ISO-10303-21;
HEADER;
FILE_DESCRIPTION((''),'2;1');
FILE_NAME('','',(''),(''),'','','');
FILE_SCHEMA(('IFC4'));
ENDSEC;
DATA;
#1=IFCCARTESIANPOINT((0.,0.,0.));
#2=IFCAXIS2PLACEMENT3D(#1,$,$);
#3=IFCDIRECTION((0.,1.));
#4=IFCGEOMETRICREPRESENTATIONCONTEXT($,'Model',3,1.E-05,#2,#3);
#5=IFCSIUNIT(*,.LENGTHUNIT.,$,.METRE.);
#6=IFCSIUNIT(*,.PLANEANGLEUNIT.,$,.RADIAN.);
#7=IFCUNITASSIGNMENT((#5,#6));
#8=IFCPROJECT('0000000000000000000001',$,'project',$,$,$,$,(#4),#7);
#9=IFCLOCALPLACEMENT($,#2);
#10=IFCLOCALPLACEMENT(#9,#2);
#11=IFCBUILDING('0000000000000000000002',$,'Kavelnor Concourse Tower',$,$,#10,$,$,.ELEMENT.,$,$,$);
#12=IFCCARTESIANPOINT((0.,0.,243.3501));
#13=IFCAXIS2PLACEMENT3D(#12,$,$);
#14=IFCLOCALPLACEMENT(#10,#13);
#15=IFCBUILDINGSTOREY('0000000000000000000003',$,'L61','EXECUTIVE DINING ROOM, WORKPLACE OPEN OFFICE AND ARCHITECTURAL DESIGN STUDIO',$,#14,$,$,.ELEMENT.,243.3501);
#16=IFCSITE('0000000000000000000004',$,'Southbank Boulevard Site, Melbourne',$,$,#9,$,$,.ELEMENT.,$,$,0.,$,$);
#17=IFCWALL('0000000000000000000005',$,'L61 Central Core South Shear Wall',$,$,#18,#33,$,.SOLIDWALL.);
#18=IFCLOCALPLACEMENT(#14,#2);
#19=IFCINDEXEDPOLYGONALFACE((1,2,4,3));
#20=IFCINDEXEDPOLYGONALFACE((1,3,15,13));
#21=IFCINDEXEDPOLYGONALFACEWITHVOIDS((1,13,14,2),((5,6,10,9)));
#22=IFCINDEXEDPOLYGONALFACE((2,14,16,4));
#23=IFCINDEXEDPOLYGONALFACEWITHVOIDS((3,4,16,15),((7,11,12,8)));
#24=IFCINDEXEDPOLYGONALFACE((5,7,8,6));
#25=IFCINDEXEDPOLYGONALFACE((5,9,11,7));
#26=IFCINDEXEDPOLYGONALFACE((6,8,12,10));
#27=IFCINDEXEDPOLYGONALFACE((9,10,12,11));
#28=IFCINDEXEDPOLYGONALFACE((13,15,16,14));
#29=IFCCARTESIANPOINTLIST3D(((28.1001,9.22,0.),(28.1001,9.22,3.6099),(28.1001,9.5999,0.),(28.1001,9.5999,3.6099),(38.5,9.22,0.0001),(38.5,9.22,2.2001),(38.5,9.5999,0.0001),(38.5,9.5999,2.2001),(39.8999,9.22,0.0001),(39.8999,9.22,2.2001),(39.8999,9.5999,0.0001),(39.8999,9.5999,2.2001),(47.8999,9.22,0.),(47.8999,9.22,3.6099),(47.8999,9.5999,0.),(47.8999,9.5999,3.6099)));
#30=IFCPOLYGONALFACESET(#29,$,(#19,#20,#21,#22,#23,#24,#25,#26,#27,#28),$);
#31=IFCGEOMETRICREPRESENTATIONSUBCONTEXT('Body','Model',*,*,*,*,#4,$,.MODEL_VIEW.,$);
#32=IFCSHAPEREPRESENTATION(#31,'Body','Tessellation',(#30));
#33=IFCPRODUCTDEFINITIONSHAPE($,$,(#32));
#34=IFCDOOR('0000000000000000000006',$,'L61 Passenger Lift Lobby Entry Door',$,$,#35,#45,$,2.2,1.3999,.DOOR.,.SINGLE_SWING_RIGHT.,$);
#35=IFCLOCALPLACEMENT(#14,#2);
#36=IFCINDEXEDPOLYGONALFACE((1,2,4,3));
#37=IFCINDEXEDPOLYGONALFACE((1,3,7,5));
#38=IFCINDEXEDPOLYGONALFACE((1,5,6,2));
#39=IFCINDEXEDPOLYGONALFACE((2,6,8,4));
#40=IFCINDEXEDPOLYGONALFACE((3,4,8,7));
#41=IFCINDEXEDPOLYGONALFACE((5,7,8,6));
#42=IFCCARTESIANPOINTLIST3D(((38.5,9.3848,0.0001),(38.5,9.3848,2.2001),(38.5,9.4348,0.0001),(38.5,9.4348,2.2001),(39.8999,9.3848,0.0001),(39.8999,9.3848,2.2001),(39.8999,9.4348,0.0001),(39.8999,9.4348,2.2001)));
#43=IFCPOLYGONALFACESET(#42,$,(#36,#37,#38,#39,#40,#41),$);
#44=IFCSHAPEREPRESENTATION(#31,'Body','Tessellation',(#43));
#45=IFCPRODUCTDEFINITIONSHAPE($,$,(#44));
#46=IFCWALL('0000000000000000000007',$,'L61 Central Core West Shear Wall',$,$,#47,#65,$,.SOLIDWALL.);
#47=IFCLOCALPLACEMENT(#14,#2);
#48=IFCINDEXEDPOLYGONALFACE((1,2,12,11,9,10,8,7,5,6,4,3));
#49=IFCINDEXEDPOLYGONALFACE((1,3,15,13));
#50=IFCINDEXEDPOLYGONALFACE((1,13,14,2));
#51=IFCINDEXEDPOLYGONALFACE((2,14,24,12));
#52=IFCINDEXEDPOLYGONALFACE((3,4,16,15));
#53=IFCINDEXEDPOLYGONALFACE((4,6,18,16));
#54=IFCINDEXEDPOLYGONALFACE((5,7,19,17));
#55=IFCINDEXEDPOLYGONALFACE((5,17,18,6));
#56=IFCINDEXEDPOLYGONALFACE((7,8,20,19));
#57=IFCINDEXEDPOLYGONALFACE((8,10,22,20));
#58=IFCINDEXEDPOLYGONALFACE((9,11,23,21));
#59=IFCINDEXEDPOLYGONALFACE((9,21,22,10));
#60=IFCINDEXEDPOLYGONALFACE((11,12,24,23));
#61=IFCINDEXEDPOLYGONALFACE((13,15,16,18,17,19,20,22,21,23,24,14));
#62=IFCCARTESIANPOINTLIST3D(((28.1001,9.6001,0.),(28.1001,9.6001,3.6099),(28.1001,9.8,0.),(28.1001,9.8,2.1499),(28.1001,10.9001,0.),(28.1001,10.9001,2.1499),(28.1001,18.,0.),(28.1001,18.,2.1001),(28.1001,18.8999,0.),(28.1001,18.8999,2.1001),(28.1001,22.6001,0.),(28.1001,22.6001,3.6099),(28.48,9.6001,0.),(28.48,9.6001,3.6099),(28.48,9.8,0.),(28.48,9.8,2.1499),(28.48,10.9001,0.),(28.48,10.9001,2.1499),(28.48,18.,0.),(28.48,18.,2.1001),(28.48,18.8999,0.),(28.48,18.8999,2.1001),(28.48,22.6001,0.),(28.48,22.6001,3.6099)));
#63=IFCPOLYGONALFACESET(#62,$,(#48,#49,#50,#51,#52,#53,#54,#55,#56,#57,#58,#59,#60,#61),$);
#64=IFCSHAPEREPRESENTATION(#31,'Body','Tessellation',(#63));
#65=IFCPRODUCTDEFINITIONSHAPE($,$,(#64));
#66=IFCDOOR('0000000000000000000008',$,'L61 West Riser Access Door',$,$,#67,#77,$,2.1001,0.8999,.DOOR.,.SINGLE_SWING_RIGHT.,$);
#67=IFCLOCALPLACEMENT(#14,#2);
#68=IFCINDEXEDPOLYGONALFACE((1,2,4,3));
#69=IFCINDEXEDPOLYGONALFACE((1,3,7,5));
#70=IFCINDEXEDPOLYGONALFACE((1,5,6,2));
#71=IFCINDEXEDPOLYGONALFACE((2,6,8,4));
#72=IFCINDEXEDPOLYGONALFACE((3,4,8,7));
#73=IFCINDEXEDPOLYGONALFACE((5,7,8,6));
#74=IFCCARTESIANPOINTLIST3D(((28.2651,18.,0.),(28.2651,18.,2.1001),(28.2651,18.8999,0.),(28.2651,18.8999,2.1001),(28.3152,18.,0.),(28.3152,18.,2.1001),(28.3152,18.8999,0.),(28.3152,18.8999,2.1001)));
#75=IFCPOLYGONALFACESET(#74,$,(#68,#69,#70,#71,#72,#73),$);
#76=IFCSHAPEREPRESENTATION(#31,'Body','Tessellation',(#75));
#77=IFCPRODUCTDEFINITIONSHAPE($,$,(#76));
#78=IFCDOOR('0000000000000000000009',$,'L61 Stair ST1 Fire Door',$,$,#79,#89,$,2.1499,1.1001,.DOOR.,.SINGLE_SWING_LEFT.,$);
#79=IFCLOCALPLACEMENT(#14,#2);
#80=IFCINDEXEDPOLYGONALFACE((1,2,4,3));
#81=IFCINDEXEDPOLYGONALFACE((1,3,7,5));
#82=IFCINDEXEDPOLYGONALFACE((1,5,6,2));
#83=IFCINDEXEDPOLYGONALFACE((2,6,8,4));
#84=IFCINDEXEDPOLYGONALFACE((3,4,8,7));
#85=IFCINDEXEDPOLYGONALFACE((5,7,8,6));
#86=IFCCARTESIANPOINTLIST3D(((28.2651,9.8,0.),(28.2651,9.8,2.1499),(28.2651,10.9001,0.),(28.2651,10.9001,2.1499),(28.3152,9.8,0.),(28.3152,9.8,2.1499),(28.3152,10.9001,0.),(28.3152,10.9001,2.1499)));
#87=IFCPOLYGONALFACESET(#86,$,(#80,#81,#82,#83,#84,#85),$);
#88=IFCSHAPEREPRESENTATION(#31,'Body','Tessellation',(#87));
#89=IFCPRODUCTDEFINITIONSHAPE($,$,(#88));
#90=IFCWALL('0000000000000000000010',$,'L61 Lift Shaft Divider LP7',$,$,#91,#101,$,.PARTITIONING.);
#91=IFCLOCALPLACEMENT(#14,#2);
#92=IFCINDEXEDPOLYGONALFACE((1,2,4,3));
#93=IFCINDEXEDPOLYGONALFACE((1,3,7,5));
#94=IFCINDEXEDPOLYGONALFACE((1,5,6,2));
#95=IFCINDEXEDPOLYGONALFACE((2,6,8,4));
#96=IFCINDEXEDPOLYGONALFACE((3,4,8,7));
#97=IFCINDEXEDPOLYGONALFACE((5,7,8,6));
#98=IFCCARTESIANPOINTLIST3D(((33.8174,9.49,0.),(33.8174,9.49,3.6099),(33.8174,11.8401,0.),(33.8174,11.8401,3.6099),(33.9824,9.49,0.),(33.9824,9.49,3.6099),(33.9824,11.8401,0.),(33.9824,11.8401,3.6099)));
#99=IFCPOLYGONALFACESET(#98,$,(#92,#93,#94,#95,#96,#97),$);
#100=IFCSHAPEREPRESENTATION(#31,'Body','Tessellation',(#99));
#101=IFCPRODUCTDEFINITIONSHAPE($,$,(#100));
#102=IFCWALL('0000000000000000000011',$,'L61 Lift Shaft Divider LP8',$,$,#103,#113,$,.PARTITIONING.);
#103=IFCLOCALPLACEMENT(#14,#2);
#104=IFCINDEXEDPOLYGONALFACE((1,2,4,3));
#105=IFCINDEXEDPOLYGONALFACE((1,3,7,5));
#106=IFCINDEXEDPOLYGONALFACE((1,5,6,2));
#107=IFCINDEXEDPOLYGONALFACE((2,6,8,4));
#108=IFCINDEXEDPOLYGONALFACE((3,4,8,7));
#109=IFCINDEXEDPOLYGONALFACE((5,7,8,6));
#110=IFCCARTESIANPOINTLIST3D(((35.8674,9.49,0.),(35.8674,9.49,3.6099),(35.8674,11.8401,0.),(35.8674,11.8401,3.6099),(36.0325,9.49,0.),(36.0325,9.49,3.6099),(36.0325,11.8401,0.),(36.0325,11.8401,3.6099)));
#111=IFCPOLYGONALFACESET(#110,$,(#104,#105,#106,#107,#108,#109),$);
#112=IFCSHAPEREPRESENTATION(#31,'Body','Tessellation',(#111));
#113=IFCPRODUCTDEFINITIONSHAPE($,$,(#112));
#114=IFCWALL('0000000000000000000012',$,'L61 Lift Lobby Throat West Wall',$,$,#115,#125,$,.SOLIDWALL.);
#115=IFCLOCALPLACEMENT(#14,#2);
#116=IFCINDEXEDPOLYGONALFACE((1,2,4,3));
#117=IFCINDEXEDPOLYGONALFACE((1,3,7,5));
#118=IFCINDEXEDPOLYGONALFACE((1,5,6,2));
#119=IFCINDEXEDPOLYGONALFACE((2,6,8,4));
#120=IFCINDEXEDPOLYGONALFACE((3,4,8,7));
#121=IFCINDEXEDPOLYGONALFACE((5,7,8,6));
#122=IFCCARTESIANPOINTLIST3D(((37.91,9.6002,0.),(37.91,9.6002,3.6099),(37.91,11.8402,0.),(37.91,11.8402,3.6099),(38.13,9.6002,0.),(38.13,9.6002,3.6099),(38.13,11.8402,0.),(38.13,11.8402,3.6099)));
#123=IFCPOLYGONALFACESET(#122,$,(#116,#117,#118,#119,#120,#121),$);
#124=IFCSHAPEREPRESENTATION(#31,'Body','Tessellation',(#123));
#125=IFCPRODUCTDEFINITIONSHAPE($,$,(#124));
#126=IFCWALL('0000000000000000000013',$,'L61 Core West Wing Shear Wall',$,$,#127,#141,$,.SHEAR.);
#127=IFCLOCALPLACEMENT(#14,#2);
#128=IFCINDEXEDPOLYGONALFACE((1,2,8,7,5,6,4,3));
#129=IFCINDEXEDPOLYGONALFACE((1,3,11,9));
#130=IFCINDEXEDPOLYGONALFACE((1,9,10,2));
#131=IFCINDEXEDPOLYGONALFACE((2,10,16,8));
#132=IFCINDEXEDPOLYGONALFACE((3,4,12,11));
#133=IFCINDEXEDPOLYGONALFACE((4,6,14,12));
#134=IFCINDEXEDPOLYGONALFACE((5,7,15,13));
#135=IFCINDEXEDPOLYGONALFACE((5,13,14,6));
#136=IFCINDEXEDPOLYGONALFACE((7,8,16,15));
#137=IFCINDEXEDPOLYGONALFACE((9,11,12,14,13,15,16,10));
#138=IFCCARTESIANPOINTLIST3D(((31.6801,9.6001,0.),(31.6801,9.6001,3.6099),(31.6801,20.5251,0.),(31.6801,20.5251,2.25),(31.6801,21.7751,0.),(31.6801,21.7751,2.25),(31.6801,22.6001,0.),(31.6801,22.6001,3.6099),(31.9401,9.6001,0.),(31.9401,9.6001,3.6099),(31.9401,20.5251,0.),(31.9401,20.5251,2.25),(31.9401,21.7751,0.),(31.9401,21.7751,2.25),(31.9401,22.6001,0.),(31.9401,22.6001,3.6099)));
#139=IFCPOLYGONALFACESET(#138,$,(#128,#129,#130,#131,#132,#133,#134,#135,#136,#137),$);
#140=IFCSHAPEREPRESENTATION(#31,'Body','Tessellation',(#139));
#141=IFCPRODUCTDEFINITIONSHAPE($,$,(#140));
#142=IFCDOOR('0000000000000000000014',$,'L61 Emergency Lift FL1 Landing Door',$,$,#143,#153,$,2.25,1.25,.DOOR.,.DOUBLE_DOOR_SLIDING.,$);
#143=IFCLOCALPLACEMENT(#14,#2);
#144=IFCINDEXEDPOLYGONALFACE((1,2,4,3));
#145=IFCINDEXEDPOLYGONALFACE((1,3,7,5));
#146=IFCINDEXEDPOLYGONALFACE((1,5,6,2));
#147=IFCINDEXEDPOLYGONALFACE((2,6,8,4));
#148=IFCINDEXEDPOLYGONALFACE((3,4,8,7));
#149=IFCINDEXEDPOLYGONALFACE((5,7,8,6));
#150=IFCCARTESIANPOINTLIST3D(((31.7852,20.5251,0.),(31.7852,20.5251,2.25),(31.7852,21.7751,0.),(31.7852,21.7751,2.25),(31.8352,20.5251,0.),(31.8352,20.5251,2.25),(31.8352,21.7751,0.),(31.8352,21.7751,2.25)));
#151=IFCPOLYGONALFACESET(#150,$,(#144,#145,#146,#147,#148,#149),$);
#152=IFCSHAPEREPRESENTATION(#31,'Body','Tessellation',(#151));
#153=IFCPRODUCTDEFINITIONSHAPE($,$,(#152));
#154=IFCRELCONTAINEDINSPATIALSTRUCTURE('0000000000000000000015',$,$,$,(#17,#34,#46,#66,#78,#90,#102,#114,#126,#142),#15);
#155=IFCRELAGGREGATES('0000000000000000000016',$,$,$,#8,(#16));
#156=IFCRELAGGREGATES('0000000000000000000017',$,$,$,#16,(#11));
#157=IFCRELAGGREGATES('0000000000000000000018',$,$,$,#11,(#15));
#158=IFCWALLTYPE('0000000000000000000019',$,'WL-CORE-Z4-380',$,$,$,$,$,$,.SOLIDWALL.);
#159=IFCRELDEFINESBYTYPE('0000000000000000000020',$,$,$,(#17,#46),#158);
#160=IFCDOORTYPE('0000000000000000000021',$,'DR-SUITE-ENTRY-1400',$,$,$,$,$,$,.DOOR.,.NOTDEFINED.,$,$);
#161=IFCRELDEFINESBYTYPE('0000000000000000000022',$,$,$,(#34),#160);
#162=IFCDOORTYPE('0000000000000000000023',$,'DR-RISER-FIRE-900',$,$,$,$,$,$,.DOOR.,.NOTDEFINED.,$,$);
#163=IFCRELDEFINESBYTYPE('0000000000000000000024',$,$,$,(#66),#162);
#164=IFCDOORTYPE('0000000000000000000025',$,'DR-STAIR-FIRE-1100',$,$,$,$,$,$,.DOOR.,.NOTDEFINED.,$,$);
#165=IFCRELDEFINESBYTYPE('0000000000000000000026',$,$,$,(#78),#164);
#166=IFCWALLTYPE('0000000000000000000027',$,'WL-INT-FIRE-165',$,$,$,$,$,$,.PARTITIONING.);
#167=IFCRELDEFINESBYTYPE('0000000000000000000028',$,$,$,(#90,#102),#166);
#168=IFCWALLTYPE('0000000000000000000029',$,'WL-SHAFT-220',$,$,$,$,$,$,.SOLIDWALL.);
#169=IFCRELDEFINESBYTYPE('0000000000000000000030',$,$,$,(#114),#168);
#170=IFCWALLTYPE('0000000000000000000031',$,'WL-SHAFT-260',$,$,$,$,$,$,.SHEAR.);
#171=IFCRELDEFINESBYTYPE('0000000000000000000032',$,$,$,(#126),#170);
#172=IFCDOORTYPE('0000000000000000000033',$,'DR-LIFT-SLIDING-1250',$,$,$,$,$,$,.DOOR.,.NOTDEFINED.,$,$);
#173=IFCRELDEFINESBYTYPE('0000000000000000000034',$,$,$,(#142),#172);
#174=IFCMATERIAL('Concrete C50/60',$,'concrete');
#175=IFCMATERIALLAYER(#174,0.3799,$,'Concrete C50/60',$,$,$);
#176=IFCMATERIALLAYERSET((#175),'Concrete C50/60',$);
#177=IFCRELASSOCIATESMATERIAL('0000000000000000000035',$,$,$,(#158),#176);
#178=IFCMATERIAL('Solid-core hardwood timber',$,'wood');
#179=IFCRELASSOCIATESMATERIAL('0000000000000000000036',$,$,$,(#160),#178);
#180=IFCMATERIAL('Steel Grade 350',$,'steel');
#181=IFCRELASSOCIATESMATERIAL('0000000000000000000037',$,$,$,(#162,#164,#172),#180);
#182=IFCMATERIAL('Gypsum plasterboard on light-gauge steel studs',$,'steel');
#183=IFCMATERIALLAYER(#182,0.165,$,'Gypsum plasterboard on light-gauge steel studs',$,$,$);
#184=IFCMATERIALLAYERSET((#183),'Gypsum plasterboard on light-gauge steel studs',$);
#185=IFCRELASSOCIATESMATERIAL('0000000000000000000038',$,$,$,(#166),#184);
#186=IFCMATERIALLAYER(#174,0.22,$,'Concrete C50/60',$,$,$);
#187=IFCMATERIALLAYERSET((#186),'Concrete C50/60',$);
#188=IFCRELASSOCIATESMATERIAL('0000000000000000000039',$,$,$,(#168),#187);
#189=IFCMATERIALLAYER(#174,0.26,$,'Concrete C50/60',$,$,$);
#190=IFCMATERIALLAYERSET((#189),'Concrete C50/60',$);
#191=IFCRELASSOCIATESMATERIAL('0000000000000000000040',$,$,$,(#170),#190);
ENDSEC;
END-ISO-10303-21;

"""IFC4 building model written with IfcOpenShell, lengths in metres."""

from ifc_helpers import new_model, si_unit, direction, frame, frame_2d, origin, place, context, subcontext, project, spatial, rectangle, extrude, material, layer, layer_set, type_object, element, fill, save


model = new_model("IFC4")

# Units and contexts
model_context = context("Model", 3, precision=1e-05, world=origin(), true_north=direction((0.0, 1.0)))
body_context = subcontext(model_context, "Body", "Model", "MODEL_VIEW")
ifc_project = project(units=[si_unit("LENGTHUNIT", "METRE"), si_unit("PLANEANGLEUNIT", "RADIAN")], contexts=[model_context])

# Site, building, storey
site_placement = place(None, origin())
site = spatial("IfcSite", under=ifc_project, at=site_placement, Name="Southbank Boulevard Site, Melbourne", CompositionType="ELEMENT", RefElevation=0.0)
building_placement = place(site_placement, origin())
building = spatial("IfcBuilding", under=site, at=building_placement, Name="Kavelnor Concourse Tower", CompositionType="ELEMENT")
storey_placement = place(building_placement, frame((0.0, 0.0, 243.3501)))
storey = spatial("IfcBuildingStorey", under=building, at=storey_placement, Name="L61", Description="EXECUTIVE DINING ROOM, WORKPLACE OPEN OFFICE AND ARCHITECTURAL DESIGN STUDIO", CompositionType="ELEMENT", Elevation=243.3501)

# Shared definitions
ifc_material_1 = material(Name="Steel Grade 350", Category="steel")

# Wall, opening, door
ifc_material_2 = material(Name="Concrete C50/60", Category="concrete")
ifc_layer_1 = layer(ifc_material_2, 0.3799, Name="Concrete C50/60")
ifc_layer_set_1 = layer_set([ifc_layer_1], Name="Concrete C50/60")
wall_type_1 = type_object("IfcWallType", Name="WL-CORE-Z4-380", PredefinedType="SOLIDWALL", material=ifc_layer_set_1)
wall_1_placement = place(storey_placement, frame((28.1001, 9.4099, 0.0), z_axis=(0.0, 0.0, 1.0), x_axis=(1.0, 0.0, 0.0)))
wall_1 = element("IfcWall", 1, at=wall_1_placement, inside=storey, type_object=wall_type_1, Name="L61 Central Core South Shear Wall", PredefinedType="SOLIDWALL", context=body_context, shape_type="SweptSolid", body=[
    extrude(rectangle(XDim=19.7998, YDim=0.3799, at=frame_2d((9.8999, 0.0))), origin(), (0.0, 0.0, 1.0), 3.6099),
])
opening_1_placement = place(wall_1_placement, frame((10.3999, 0.0, 0.0)))
opening_1 = element("IfcOpeningElement", 2, at=opening_1_placement, cuts=wall_1, PredefinedType="OPENING", context=body_context, shape_type="SweptSolid", body=[
    extrude(rectangle(XDim=1.3999, YDim=2.2, at=frame_2d((0.7, 1.1001))), frame((0.0, 0.2, 0.0), z_axis=(0.0, -1.0, 0.0), x_axis=(1.0, 0.0, 0.0)), (0.0, 0.0, 1.0), 0.3999),
])
ifc_material_3 = material(Name="Solid-core hardwood timber", Category="wood")
door_type_1 = type_object("IfcDoorType", Name="DR-SUITE-ENTRY-1400", OperationType="NOTDEFINED", PredefinedType="DOOR", material=ifc_material_3)
door_1_placement = place(opening_1_placement, origin())
door_1 = element("IfcDoor", 3, at=door_1_placement, inside=storey, type_object=door_type_1, Name="L61 Passenger Lift Lobby Entry Door", OperationType="SINGLE_SWING_RIGHT", OverallHeight=2.2, OverallWidth=1.3999, PredefinedType="DOOR", context=body_context, shape_type="SweptSolid", body=[
    extrude(rectangle(XDim=1.3999, YDim=2.2, at=frame_2d((0.7, 1.1001))), frame((0.0, 0.0249, 0.0), z_axis=(0.0, -1.0, 0.0), x_axis=(1.0, 0.0, 0.0)), (0.0, 0.0, 1.0), 0.05),
])
fill(opening_1, door_1)

# Wall, openings, doors
wall_2_placement = place(storey_placement, frame((28.29, 9.6001, 0.0), z_axis=(0.0, 0.0, 1.0), x_axis=(0.0, 1.0, 0.0)))
wall_2 = element("IfcWall", 4, at=wall_2_placement, inside=storey, type_object=wall_type_1, Name="L61 Central Core West Shear Wall", PredefinedType="SOLIDWALL", context=body_context, shape_type="SweptSolid", body=[
    extrude(rectangle(XDim=13.0, YDim=0.3799, at=frame_2d((6.5, 0.0))), origin(), (0.0, 0.0, 1.0), 3.6099),
])
opening_2_placement = place(wall_2_placement, frame((0.2, 0.0, 0.0)))
opening_2 = element("IfcOpeningElement", 5, at=opening_2_placement, cuts=wall_2, PredefinedType="OPENING", context=body_context, shape_type="SweptSolid", body=[
    extrude(rectangle(XDim=1.1001, YDim=2.1499, at=frame_2d((0.55, 1.075))), frame((0.0, 0.2, 0.0), z_axis=(0.0, -1.0, 0.0), x_axis=(1.0, 0.0, 0.0)), (0.0, 0.0, 1.0), 0.3999),
])
opening_3_placement = place(wall_2_placement, frame((8.3999, 0.0, 0.0)))
opening_3 = element("IfcOpeningElement", 6, at=opening_3_placement, cuts=wall_2, PredefinedType="OPENING", context=body_context, shape_type="SweptSolid", body=[
    extrude(rectangle(XDim=0.8999, YDim=2.1001, at=frame_2d((0.45, 1.05))), frame((0.0, 0.2, 0.0), z_axis=(0.0, -1.0, 0.0), x_axis=(1.0, 0.0, 0.0)), (0.0, 0.0, 1.0), 0.3999),
])
door_type_2 = type_object("IfcDoorType", Name="DR-RISER-FIRE-900", OperationType="NOTDEFINED", PredefinedType="DOOR", material=ifc_material_1)
door_2_placement = place(opening_3_placement, origin())
door_2 = element("IfcDoor", 7, at=door_2_placement, inside=storey, type_object=door_type_2, Name="L61 West Riser Access Door", OperationType="SINGLE_SWING_RIGHT", OverallHeight=2.1001, OverallWidth=0.8999, PredefinedType="DOOR", context=body_context, shape_type="SweptSolid", body=[
    extrude(rectangle(XDim=0.8999, YDim=2.1001, at=frame_2d((0.45, 1.05))), frame((0.0, 0.0249, 0.0), z_axis=(0.0, -1.0, 0.0), x_axis=(1.0, 0.0, 0.0)), (0.0, 0.0, 1.0), 0.05),
])
fill(opening_3, door_2)
door_type_3 = type_object("IfcDoorType", Name="DR-STAIR-FIRE-1100", OperationType="NOTDEFINED", PredefinedType="DOOR", material=ifc_material_1)
door_3_placement = place(opening_2_placement, origin())
door_3 = element("IfcDoor", 8, at=door_3_placement, inside=storey, type_object=door_type_3, Name="L61 Stair ST1 Fire Door", OperationType="SINGLE_SWING_LEFT", OverallHeight=2.1499, OverallWidth=1.1001, PredefinedType="DOOR", context=body_context, shape_type="SweptSolid", body=[
    extrude(rectangle(XDim=1.1001, YDim=2.1499, at=frame_2d((0.55, 1.075))), frame((0.0, 0.0249, 0.0), z_axis=(0.0, -1.0, 0.0), x_axis=(1.0, 0.0, 0.0)), (0.0, 0.0, 1.0), 0.05),
])
fill(opening_2, door_3)

# Walls
ifc_material_4 = material(Name="Gypsum plasterboard on light-gauge steel studs", Category="steel")
ifc_layer_2 = layer(ifc_material_4, 0.165, Name="Gypsum plasterboard on light-gauge steel studs")
ifc_layer_set_2 = layer_set([ifc_layer_2], Name="Gypsum plasterboard on light-gauge steel studs")
wall_type_2 = type_object("IfcWallType", Name="WL-INT-FIRE-165", PredefinedType="PARTITIONING", material=ifc_layer_set_2)
for number, where, z_axis, x_axis, name in (
    (9, (33.8999, 9.49, 0.0), (0.0, 0.0, 1.0), (0.0, 1.0, 0.0), "L61 Lift Shaft Divider LP7"),
    (10, (35.95, 9.49, 0.0), (0.0, 0.0, 1.0), (0.0, 1.0, 0.0), "L61 Lift Shaft Divider LP8"),
):
    element("IfcWall", number, at=place(storey_placement, frame(where, z_axis=z_axis, x_axis=x_axis)), inside=storey, type_object=wall_type_2, Name=name, PredefinedType="PARTITIONING", context=body_context, shape_type="SweptSolid", body=[
        extrude(rectangle(XDim=2.3501, YDim=0.165, at=frame_2d((1.175, 0.0))), origin(), (0.0, 0.0, 1.0), 3.6099),
    ])
ifc_layer_3 = layer(ifc_material_2, 0.22, Name="Concrete C50/60")
ifc_layer_set_3 = layer_set([ifc_layer_3], Name="Concrete C50/60")
wall_type_3 = type_object("IfcWallType", Name="WL-SHAFT-220", PredefinedType="SOLIDWALL", material=ifc_layer_set_3)
wall_3_placement = place(storey_placement, frame((38.02, 9.6001, 0.0), z_axis=(0.0, 0.0, 1.0), x_axis=(0.0, 1.0, 0.0)))
element("IfcWall", 11, at=wall_3_placement, inside=storey, type_object=wall_type_3, Name="L61 Lift Lobby Throat West Wall", PredefinedType="SOLIDWALL", context=body_context, shape_type="SweptSolid", body=[
    extrude(rectangle(XDim=2.24, YDim=0.22, at=frame_2d((1.1201, 0.0))), origin(), (0.0, 0.0, 1.0), 3.6099),
])

# Wall, opening, door
ifc_layer_4 = layer(ifc_material_2, 0.26, Name="Concrete C50/60")
ifc_layer_set_4 = layer_set([ifc_layer_4], Name="Concrete C50/60")
wall_type_4 = type_object("IfcWallType", Name="WL-SHAFT-260", PredefinedType="SHEAR", material=ifc_layer_set_4)
wall_4_placement = place(storey_placement, frame((31.8101, 9.6001, 0.0), z_axis=(0.0, 0.0, 1.0), x_axis=(0.0, 1.0, 0.0)))
wall_4 = element("IfcWall", 12, at=wall_4_placement, inside=storey, type_object=wall_type_4, Name="L61 Core West Wing Shear Wall", PredefinedType="SHEAR", context=body_context, shape_type="SweptSolid", body=[
    extrude(rectangle(XDim=13.0, YDim=0.26, at=frame_2d((6.5, 0.0))), origin(), (0.0, 0.0, 1.0), 3.6099),
])
opening_4_placement = place(wall_4_placement, frame((10.925, 0.0, 0.0)))
opening_4 = element("IfcOpeningElement", 13, at=opening_4_placement, cuts=wall_4, PredefinedType="OPENING", context=body_context, shape_type="SweptSolid", body=[
    extrude(rectangle(XDim=1.25, YDim=2.25, at=frame_2d((0.625, 1.125))), frame((0.0, 0.1401, 0.0), z_axis=(0.0, -1.0, 0.0), x_axis=(1.0, 0.0, 0.0)), (0.0, 0.0, 1.0), 0.28),
])
door_type_4 = type_object("IfcDoorType", Name="DR-LIFT-SLIDING-1250", OperationType="NOTDEFINED", PredefinedType="DOOR", material=ifc_material_1)
door_4_placement = place(opening_4_placement, origin())
door_4 = element("IfcDoor", 14, at=door_4_placement, inside=storey, type_object=door_type_4, Name="L61 Emergency Lift FL1 Landing Door", OperationType="DOUBLE_DOOR_SLIDING", OverallHeight=2.25, OverallWidth=1.25, PredefinedType="DOOR", context=body_context, shape_type="SweptSolid", body=[
    extrude(rectangle(XDim=1.25, YDim=2.25, at=frame_2d((0.625, 1.125))), frame((0.0, 0.0249, 0.0), z_axis=(0.0, -1.0, 0.0), x_axis=(1.0, 0.0, 0.0)), (0.0, 0.0, 1.0), 0.05),
])
fill(opening_4, door_4)

save(model, "model.ifc")
